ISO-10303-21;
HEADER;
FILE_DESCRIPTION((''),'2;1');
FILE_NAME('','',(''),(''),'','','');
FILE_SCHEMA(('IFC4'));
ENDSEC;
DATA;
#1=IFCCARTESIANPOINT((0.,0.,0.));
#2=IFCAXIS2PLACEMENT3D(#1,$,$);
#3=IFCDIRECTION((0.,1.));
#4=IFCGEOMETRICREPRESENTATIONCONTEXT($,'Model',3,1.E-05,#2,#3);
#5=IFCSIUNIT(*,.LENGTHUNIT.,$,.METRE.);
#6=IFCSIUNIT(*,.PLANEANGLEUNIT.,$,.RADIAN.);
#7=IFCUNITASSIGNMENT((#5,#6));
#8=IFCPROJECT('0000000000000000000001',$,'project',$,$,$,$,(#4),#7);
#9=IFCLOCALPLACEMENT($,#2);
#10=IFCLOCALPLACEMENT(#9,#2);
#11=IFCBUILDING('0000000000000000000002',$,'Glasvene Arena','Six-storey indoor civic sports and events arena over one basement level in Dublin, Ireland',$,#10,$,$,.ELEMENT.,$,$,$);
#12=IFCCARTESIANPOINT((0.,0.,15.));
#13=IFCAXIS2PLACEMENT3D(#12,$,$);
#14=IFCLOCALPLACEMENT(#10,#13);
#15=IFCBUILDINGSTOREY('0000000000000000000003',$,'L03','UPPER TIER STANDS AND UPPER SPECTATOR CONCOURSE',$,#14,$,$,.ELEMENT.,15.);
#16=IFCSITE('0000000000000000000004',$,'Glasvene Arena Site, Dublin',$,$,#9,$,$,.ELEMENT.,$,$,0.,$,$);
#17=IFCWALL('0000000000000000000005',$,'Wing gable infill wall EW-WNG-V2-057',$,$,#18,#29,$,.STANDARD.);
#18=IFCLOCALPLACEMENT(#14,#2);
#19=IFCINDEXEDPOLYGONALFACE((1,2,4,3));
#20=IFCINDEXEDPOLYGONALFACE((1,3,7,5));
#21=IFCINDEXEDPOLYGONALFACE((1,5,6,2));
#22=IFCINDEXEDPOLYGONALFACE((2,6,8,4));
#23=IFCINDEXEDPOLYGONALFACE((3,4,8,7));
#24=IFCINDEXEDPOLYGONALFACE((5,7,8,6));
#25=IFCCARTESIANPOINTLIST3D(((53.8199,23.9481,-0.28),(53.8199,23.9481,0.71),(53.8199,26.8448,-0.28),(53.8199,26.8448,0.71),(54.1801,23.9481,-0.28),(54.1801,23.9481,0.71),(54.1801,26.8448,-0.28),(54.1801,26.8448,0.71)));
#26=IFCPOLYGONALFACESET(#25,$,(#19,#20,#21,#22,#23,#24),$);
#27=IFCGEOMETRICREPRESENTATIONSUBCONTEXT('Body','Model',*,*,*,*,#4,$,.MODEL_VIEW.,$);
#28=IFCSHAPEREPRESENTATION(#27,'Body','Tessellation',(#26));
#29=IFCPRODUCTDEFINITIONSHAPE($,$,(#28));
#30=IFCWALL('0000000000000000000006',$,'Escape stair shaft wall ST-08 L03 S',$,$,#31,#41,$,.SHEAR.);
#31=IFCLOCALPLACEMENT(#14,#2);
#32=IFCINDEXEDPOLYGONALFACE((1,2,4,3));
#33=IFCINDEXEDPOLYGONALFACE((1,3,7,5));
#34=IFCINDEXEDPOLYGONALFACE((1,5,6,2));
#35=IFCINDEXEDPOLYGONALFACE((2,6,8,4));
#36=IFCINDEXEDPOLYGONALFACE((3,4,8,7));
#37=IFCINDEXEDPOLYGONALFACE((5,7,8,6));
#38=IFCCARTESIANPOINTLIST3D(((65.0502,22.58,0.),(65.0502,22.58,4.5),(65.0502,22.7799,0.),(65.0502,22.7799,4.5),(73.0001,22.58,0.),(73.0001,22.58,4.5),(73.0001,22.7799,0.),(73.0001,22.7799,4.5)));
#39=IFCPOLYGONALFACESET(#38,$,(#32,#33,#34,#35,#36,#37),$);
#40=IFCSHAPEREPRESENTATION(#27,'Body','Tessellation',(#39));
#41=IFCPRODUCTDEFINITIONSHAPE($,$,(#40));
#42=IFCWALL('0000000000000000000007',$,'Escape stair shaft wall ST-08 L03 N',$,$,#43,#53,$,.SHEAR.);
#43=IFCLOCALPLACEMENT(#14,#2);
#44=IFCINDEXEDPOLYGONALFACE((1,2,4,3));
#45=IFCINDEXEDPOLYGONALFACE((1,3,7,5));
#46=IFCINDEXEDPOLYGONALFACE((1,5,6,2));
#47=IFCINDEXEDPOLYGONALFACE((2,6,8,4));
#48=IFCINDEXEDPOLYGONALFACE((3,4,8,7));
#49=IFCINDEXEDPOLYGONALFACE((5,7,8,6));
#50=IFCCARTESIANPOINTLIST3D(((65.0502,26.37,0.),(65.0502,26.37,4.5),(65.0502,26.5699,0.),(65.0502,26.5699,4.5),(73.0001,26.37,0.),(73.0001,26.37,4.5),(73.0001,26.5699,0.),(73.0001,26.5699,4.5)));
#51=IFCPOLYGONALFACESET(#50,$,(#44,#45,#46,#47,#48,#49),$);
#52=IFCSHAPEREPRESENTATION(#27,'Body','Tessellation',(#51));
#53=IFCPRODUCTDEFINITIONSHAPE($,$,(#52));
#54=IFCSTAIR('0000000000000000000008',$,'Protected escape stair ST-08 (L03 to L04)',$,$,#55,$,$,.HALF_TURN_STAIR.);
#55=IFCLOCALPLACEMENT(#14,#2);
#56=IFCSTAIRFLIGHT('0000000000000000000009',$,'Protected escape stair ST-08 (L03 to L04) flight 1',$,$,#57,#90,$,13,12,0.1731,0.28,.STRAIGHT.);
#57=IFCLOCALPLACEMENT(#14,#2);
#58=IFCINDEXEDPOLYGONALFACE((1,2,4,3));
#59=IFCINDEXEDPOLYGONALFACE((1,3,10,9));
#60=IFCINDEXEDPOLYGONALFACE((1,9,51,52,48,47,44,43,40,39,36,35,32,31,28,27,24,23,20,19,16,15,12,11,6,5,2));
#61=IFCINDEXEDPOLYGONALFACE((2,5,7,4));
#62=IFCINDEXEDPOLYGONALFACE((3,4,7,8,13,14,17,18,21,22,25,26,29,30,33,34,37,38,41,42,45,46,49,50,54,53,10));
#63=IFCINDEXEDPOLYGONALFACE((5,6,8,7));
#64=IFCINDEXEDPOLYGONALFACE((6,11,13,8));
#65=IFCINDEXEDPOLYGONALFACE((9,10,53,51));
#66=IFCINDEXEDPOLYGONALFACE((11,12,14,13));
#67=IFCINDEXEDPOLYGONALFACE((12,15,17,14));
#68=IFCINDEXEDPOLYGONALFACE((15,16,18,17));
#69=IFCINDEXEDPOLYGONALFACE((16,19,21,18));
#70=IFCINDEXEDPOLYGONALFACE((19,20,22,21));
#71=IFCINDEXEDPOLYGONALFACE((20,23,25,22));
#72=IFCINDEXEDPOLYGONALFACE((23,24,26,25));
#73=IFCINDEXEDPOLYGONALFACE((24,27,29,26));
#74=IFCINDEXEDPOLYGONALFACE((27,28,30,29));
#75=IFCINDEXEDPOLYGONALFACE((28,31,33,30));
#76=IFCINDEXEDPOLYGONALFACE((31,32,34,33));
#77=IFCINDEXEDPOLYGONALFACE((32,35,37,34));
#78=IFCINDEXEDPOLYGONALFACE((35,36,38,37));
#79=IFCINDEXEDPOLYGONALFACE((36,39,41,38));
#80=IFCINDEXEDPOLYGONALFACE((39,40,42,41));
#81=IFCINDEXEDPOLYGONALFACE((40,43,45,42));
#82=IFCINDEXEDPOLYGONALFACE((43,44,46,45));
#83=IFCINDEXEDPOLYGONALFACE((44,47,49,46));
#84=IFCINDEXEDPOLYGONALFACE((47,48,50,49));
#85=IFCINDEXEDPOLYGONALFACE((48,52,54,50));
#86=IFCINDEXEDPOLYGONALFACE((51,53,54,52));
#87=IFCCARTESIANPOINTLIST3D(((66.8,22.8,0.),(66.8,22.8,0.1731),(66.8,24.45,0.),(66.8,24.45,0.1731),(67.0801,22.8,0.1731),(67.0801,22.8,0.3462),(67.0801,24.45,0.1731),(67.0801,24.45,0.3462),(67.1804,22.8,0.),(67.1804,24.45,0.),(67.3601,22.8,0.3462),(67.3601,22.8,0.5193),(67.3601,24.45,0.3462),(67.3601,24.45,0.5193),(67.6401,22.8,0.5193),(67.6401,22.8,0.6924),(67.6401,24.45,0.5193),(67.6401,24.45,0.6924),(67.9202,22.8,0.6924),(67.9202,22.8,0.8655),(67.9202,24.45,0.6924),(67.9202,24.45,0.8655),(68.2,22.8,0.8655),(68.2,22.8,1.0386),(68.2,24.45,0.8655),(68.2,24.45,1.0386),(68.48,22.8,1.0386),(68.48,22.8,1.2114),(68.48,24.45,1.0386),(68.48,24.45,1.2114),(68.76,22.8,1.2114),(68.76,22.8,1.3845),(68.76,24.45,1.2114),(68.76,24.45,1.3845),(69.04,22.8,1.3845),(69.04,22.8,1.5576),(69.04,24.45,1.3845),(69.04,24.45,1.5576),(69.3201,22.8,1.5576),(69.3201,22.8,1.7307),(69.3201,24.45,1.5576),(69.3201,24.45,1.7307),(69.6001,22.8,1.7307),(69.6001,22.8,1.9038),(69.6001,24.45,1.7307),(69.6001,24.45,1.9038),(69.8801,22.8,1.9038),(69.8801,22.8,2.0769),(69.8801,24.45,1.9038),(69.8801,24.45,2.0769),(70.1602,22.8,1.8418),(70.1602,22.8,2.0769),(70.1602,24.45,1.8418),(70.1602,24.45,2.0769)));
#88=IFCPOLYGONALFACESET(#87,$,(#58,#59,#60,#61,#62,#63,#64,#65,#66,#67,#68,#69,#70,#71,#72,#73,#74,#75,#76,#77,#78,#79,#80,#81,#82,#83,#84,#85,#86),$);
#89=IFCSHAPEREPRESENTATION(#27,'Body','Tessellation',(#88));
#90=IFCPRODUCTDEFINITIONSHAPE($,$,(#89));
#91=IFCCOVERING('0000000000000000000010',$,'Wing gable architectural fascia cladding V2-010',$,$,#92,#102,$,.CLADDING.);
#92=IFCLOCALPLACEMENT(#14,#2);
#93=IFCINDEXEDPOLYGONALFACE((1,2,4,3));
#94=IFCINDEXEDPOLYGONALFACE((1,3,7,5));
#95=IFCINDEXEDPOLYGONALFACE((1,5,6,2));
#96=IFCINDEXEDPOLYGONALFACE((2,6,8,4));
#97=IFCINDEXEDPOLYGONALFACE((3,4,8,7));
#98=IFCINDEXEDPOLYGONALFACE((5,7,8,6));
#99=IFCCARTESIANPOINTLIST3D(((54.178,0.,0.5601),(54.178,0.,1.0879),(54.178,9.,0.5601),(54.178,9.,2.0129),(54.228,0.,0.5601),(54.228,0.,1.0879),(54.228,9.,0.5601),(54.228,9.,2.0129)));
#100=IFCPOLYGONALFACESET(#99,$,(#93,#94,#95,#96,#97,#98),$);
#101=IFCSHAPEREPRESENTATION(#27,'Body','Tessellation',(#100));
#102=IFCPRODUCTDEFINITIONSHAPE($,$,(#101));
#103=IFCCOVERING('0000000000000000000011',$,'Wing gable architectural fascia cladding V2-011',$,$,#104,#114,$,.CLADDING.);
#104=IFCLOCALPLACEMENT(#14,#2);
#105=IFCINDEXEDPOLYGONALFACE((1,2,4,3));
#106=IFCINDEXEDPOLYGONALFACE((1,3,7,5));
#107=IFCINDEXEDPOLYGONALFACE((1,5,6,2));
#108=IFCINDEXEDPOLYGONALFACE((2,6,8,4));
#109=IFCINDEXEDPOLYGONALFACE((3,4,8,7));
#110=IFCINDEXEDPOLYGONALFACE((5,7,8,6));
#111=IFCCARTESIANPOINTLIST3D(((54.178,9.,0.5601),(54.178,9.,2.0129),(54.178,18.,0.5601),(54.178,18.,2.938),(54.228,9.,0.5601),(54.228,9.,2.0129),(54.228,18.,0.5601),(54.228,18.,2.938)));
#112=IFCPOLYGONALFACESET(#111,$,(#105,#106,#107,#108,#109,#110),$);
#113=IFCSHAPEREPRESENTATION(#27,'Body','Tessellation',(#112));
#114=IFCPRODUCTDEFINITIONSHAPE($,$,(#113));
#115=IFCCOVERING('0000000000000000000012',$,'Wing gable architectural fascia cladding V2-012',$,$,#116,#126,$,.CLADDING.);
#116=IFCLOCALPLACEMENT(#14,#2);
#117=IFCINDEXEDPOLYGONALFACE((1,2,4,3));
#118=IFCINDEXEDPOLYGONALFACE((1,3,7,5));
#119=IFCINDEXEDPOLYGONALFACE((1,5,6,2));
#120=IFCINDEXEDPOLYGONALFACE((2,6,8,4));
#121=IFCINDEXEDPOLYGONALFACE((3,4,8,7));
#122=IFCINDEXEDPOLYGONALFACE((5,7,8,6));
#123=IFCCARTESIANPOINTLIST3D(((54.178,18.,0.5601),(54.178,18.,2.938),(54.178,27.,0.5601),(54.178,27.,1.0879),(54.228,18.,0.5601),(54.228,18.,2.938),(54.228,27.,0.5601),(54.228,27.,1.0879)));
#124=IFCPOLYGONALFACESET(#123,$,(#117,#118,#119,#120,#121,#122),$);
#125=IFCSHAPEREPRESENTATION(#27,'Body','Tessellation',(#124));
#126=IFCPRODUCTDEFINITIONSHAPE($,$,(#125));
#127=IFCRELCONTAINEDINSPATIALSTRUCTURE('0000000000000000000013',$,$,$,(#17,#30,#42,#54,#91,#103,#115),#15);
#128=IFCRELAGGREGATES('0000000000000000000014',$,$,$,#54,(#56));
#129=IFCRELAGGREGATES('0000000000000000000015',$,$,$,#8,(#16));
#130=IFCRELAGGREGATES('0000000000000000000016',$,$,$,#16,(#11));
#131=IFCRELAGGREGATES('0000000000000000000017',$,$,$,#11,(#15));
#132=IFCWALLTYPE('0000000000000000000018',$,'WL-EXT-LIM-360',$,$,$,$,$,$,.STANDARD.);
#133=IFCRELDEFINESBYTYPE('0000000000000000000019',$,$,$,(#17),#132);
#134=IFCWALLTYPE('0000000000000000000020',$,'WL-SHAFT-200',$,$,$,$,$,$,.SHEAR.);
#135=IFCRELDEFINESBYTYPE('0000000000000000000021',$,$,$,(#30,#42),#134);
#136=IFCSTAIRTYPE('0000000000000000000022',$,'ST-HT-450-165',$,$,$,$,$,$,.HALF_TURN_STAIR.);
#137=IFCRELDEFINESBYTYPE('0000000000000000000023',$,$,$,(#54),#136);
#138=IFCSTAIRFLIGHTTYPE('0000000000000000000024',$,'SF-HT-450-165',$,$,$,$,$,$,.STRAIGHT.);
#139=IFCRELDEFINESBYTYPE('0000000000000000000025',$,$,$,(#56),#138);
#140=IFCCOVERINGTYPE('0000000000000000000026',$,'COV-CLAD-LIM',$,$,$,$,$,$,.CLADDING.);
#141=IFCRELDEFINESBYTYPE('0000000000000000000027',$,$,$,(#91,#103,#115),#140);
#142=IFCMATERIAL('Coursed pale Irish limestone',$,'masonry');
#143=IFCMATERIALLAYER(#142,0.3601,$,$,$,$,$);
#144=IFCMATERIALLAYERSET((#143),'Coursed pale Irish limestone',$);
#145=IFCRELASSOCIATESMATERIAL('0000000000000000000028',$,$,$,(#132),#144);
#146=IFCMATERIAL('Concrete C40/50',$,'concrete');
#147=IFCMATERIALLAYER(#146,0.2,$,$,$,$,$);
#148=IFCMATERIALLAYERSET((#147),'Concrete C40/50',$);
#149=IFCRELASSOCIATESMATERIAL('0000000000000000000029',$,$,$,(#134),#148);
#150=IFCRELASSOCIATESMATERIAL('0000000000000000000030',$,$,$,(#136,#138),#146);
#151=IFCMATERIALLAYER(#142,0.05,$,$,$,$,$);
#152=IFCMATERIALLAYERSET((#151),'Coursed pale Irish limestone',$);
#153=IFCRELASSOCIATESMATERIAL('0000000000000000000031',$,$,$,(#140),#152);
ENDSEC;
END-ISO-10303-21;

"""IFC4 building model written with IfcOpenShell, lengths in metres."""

from ifc_helpers import new_model, si_unit, direction, frame, frame_2d, origin, place, context, subcontext, project, spatial, polyline, rectangle, outline, extrude, material, layer, layer_set, type_object, element, aggregate, save


model = new_model("IFC4")

# Units and contexts
model_context = context("Model", 3, precision=1e-05, world=origin(), true_north=direction((0.0, 1.0)))
body_context = subcontext(model_context, "Body", "Model", "MODEL_VIEW")
ifc_project = project(units=[si_unit("LENGTHUNIT", "METRE"), si_unit("PLANEANGLEUNIT", "RADIAN")], contexts=[model_context])

# Site, building, storey
site_placement = place(None, origin())
site = spatial("IfcSite", under=ifc_project, at=site_placement, Name="Glasvene Arena Site, Dublin", CompositionType="ELEMENT", RefElevation=0.0)
building_placement = place(site_placement, origin())
building = spatial("IfcBuilding", under=site, at=building_placement, Name="Glasvene Arena", Description="Six-storey indoor civic sports and events arena over one basement level in Dublin, Ireland", CompositionType="ELEMENT")
storey_placement = place(building_placement, frame((0.0, 0.0, 15.0)))
storey = spatial("IfcBuildingStorey", under=building, at=storey_placement, Name="L03", Description="UPPER TIER STANDS AND UPPER SPECTATOR CONCOURSE", CompositionType="ELEMENT", Elevation=15.0)

# Shared definitions
ifc_material_1 = material(Name="Coursed pale Irish limestone", Category="masonry")
ifc_layer_1 = layer(ifc_material_1, 0.3601)
ifc_layer_set_1 = layer_set([ifc_layer_1], Name="Coursed pale Irish limestone")
wall_type_1 = type_object("IfcWallType", Name="WL-EXT-LIM-360", PredefinedType="STANDARD", material=ifc_layer_set_1)

# Walls
wall_1_placement = place(storey_placement, frame((54.0, 23.9482, -0.28), z_axis=(0.0, 0.0, 1.0), x_axis=(0.0, 1.0, 0.0)))
element("IfcWall", 1, at=wall_1_placement, inside=storey, type_object=wall_type_1, Name="Wing gable infill wall EW-WNG-V2-057", PredefinedType="STANDARD", context=body_context, shape_type="SweptSolid", body=[
    extrude(rectangle(XDim=2.8967, YDim=0.3601, at=frame_2d((1.4482, 0.0))), origin(), (0.0, 0.0, 1.0), 0.99),
])
ifc_material_2 = material(Name="Concrete C40/50", Category="concrete")
ifc_layer_2 = layer(ifc_material_2, 0.2)
ifc_layer_set_2 = layer_set([ifc_layer_2], Name="Concrete C40/50")
wall_type_2 = type_object("IfcWallType", Name="WL-SHAFT-200", PredefinedType="SHEAR", material=ifc_layer_set_2)
wall_2_placement = place(storey_placement, frame((65.05, 22.6799, 0.0), z_axis=(0.0, 0.0, 1.0), x_axis=(1.0, 0.0, 0.0)))
element("IfcWall", 2, at=wall_2_placement, inside=storey, type_object=wall_type_2, Name="Escape stair shaft wall ST-08 L03 S", PredefinedType="SHEAR", context=body_context, shape_type="SweptSolid", body=[
    extrude(rectangle(XDim=7.95, YDim=0.2, at=frame_2d((3.9751, 0.0))), origin(), (0.0, 0.0, 1.0), 4.5),
])

# Wall
wall_3_placement = place(storey_placement, frame((65.05, 26.47, 0.0), z_axis=(0.0, 0.0, 1.0), x_axis=(1.0, 0.0, 0.0)))
element("IfcWall", 3, at=wall_3_placement, inside=storey, type_object=wall_type_2, Name="Escape stair shaft wall ST-08 L03 N", PredefinedType="SHEAR", context=body_context, shape_type="SweptSolid", body=[
    extrude(rectangle(XDim=7.95, YDim=0.2, at=frame_2d((3.9751, 0.0))), origin(), (0.0, 0.0, 1.0), 4.5),
])

# Stair, stair flight
stair_type = type_object("IfcStairType", Name="ST-HT-450-165", PredefinedType="HALF_TURN_STAIR", material=ifc_material_2)
stair_placement = place(storey_placement, origin())
stair = element("IfcStair", 4, at=stair_placement, inside=storey, type_object=stair_type, Name="Protected escape stair ST-08 (L03 to L04)", PredefinedType="HALF_TURN_STAIR")
stair_flight_type = type_object("IfcStairFlightType", Name="SF-HT-450-165", PredefinedType="STRAIGHT", material=ifc_material_2)
stair_flight_placement = place(storey_placement, frame((66.8, 23.625, 0.0), z_axis=(0.0, 0.0, 1.0), x_axis=(1.0, 0.0, 0.0)))
stair_flight = element("IfcStairFlight", 5, at=stair_flight_placement, type_object=stair_flight_type, Name="Protected escape stair ST-08 (L03 to L04) flight 1", NumberOfRisers=13, NumberOfTreads=12, PredefinedType="STRAIGHT", RiserHeight=0.1731, TreadLength=0.28, context=body_context, shape_type="SweptSolid", body=[
    extrude(outline(polyline([(0.0, 0.0), (0.0, 0.1731), (0.28, 0.1731), (0.28, 0.3462), (0.5601, 0.3462), (0.5601, 0.5193), (0.8401, 0.5193), (0.8401, 0.6924), (1.1201, 0.6924), (1.1201, 0.8655), (1.3999, 0.8655), (1.3999, 1.0386), (1.6799, 1.0386), (1.6799, 1.2114), (1.96, 1.2114), (1.96, 1.3845), (2.24, 1.3845), (2.24, 1.5576), (2.52, 1.5576), (2.52, 1.7307), (2.8, 1.7307), (2.8, 1.9038), (3.0801, 1.9038), (3.0801, 2.0769), (3.3601, 2.0769), (3.3601, 2.25), (3.3601, 1.8418), (0.3804, 0.0), (0.0, 0.0)])), frame((0.0, 0.825, 0.0), z_axis=(0.0, -1.0, 0.0), x_axis=(1.0, 0.0, 0.0)), (0.0, 0.0, 1.0), 1.6499),
])
aggregate(stair, [stair_flight])

# Coverings
ifc_layer_3 = layer(ifc_material_1, 0.05)
ifc_layer_set_3 = layer_set([ifc_layer_3], Name="Coursed pale Irish limestone")
covering_type = type_object("IfcCoveringType", Name="COV-CLAD-LIM", PredefinedType="CLADDING", material=ifc_layer_set_3)
covering_1_placement = place(storey_placement, frame((54.228, 0.0, 0.5601), z_axis=(1.0, 0.0, 0.0), x_axis=(0.0, 1.0, 0.0)))
element("IfcCovering", 6, at=covering_1_placement, inside=storey, type_object=covering_type, Name="Wing gable architectural fascia cladding V2-010", PredefinedType="CLADDING", context=body_context, shape_type="SweptSolid", body=[
    extrude(outline(polyline([(0.0, 0.0), (9.0, 0.0), (9.0, 1.4529), (0.0, 0.5278), (0.0, 0.0)])), origin(), (0.0, 0.0, -1.0), 0.05),
])
covering_2_placement = place(storey_placement, frame((54.228, 9.0, 0.5601), z_axis=(1.0, 0.0, 0.0), x_axis=(0.0, 1.0, 0.0)))
element("IfcCovering", 7, at=covering_2_placement, inside=storey, type_object=covering_type, Name="Wing gable architectural fascia cladding V2-011", PredefinedType="CLADDING", context=body_context, shape_type="SweptSolid", body=[
    extrude(outline(polyline([(0.0, 0.0), (9.0, 0.0), (9.0, 2.3779), (0.0, 1.4529), (0.0, 0.0)])), origin(), (0.0, 0.0, -1.0), 0.05),
])
covering_3_placement = place(storey_placement, frame((54.228, 18.0, 0.5601), z_axis=(1.0, 0.0, 0.0), x_axis=(0.0, 1.0, 0.0)))
element("IfcCovering", 8, at=covering_3_placement, inside=storey, type_object=covering_type, Name="Wing gable architectural fascia cladding V2-012", PredefinedType="CLADDING", context=body_context, shape_type="SweptSolid", body=[
    extrude(outline(polyline([(0.0, 0.0), (9.0, 0.0), (9.0, 0.5278), (0.0, 2.3779), (0.0, 0.0)])), origin(), (0.0, 0.0, -1.0), 0.05),
])

save(model, "model.ifc")
